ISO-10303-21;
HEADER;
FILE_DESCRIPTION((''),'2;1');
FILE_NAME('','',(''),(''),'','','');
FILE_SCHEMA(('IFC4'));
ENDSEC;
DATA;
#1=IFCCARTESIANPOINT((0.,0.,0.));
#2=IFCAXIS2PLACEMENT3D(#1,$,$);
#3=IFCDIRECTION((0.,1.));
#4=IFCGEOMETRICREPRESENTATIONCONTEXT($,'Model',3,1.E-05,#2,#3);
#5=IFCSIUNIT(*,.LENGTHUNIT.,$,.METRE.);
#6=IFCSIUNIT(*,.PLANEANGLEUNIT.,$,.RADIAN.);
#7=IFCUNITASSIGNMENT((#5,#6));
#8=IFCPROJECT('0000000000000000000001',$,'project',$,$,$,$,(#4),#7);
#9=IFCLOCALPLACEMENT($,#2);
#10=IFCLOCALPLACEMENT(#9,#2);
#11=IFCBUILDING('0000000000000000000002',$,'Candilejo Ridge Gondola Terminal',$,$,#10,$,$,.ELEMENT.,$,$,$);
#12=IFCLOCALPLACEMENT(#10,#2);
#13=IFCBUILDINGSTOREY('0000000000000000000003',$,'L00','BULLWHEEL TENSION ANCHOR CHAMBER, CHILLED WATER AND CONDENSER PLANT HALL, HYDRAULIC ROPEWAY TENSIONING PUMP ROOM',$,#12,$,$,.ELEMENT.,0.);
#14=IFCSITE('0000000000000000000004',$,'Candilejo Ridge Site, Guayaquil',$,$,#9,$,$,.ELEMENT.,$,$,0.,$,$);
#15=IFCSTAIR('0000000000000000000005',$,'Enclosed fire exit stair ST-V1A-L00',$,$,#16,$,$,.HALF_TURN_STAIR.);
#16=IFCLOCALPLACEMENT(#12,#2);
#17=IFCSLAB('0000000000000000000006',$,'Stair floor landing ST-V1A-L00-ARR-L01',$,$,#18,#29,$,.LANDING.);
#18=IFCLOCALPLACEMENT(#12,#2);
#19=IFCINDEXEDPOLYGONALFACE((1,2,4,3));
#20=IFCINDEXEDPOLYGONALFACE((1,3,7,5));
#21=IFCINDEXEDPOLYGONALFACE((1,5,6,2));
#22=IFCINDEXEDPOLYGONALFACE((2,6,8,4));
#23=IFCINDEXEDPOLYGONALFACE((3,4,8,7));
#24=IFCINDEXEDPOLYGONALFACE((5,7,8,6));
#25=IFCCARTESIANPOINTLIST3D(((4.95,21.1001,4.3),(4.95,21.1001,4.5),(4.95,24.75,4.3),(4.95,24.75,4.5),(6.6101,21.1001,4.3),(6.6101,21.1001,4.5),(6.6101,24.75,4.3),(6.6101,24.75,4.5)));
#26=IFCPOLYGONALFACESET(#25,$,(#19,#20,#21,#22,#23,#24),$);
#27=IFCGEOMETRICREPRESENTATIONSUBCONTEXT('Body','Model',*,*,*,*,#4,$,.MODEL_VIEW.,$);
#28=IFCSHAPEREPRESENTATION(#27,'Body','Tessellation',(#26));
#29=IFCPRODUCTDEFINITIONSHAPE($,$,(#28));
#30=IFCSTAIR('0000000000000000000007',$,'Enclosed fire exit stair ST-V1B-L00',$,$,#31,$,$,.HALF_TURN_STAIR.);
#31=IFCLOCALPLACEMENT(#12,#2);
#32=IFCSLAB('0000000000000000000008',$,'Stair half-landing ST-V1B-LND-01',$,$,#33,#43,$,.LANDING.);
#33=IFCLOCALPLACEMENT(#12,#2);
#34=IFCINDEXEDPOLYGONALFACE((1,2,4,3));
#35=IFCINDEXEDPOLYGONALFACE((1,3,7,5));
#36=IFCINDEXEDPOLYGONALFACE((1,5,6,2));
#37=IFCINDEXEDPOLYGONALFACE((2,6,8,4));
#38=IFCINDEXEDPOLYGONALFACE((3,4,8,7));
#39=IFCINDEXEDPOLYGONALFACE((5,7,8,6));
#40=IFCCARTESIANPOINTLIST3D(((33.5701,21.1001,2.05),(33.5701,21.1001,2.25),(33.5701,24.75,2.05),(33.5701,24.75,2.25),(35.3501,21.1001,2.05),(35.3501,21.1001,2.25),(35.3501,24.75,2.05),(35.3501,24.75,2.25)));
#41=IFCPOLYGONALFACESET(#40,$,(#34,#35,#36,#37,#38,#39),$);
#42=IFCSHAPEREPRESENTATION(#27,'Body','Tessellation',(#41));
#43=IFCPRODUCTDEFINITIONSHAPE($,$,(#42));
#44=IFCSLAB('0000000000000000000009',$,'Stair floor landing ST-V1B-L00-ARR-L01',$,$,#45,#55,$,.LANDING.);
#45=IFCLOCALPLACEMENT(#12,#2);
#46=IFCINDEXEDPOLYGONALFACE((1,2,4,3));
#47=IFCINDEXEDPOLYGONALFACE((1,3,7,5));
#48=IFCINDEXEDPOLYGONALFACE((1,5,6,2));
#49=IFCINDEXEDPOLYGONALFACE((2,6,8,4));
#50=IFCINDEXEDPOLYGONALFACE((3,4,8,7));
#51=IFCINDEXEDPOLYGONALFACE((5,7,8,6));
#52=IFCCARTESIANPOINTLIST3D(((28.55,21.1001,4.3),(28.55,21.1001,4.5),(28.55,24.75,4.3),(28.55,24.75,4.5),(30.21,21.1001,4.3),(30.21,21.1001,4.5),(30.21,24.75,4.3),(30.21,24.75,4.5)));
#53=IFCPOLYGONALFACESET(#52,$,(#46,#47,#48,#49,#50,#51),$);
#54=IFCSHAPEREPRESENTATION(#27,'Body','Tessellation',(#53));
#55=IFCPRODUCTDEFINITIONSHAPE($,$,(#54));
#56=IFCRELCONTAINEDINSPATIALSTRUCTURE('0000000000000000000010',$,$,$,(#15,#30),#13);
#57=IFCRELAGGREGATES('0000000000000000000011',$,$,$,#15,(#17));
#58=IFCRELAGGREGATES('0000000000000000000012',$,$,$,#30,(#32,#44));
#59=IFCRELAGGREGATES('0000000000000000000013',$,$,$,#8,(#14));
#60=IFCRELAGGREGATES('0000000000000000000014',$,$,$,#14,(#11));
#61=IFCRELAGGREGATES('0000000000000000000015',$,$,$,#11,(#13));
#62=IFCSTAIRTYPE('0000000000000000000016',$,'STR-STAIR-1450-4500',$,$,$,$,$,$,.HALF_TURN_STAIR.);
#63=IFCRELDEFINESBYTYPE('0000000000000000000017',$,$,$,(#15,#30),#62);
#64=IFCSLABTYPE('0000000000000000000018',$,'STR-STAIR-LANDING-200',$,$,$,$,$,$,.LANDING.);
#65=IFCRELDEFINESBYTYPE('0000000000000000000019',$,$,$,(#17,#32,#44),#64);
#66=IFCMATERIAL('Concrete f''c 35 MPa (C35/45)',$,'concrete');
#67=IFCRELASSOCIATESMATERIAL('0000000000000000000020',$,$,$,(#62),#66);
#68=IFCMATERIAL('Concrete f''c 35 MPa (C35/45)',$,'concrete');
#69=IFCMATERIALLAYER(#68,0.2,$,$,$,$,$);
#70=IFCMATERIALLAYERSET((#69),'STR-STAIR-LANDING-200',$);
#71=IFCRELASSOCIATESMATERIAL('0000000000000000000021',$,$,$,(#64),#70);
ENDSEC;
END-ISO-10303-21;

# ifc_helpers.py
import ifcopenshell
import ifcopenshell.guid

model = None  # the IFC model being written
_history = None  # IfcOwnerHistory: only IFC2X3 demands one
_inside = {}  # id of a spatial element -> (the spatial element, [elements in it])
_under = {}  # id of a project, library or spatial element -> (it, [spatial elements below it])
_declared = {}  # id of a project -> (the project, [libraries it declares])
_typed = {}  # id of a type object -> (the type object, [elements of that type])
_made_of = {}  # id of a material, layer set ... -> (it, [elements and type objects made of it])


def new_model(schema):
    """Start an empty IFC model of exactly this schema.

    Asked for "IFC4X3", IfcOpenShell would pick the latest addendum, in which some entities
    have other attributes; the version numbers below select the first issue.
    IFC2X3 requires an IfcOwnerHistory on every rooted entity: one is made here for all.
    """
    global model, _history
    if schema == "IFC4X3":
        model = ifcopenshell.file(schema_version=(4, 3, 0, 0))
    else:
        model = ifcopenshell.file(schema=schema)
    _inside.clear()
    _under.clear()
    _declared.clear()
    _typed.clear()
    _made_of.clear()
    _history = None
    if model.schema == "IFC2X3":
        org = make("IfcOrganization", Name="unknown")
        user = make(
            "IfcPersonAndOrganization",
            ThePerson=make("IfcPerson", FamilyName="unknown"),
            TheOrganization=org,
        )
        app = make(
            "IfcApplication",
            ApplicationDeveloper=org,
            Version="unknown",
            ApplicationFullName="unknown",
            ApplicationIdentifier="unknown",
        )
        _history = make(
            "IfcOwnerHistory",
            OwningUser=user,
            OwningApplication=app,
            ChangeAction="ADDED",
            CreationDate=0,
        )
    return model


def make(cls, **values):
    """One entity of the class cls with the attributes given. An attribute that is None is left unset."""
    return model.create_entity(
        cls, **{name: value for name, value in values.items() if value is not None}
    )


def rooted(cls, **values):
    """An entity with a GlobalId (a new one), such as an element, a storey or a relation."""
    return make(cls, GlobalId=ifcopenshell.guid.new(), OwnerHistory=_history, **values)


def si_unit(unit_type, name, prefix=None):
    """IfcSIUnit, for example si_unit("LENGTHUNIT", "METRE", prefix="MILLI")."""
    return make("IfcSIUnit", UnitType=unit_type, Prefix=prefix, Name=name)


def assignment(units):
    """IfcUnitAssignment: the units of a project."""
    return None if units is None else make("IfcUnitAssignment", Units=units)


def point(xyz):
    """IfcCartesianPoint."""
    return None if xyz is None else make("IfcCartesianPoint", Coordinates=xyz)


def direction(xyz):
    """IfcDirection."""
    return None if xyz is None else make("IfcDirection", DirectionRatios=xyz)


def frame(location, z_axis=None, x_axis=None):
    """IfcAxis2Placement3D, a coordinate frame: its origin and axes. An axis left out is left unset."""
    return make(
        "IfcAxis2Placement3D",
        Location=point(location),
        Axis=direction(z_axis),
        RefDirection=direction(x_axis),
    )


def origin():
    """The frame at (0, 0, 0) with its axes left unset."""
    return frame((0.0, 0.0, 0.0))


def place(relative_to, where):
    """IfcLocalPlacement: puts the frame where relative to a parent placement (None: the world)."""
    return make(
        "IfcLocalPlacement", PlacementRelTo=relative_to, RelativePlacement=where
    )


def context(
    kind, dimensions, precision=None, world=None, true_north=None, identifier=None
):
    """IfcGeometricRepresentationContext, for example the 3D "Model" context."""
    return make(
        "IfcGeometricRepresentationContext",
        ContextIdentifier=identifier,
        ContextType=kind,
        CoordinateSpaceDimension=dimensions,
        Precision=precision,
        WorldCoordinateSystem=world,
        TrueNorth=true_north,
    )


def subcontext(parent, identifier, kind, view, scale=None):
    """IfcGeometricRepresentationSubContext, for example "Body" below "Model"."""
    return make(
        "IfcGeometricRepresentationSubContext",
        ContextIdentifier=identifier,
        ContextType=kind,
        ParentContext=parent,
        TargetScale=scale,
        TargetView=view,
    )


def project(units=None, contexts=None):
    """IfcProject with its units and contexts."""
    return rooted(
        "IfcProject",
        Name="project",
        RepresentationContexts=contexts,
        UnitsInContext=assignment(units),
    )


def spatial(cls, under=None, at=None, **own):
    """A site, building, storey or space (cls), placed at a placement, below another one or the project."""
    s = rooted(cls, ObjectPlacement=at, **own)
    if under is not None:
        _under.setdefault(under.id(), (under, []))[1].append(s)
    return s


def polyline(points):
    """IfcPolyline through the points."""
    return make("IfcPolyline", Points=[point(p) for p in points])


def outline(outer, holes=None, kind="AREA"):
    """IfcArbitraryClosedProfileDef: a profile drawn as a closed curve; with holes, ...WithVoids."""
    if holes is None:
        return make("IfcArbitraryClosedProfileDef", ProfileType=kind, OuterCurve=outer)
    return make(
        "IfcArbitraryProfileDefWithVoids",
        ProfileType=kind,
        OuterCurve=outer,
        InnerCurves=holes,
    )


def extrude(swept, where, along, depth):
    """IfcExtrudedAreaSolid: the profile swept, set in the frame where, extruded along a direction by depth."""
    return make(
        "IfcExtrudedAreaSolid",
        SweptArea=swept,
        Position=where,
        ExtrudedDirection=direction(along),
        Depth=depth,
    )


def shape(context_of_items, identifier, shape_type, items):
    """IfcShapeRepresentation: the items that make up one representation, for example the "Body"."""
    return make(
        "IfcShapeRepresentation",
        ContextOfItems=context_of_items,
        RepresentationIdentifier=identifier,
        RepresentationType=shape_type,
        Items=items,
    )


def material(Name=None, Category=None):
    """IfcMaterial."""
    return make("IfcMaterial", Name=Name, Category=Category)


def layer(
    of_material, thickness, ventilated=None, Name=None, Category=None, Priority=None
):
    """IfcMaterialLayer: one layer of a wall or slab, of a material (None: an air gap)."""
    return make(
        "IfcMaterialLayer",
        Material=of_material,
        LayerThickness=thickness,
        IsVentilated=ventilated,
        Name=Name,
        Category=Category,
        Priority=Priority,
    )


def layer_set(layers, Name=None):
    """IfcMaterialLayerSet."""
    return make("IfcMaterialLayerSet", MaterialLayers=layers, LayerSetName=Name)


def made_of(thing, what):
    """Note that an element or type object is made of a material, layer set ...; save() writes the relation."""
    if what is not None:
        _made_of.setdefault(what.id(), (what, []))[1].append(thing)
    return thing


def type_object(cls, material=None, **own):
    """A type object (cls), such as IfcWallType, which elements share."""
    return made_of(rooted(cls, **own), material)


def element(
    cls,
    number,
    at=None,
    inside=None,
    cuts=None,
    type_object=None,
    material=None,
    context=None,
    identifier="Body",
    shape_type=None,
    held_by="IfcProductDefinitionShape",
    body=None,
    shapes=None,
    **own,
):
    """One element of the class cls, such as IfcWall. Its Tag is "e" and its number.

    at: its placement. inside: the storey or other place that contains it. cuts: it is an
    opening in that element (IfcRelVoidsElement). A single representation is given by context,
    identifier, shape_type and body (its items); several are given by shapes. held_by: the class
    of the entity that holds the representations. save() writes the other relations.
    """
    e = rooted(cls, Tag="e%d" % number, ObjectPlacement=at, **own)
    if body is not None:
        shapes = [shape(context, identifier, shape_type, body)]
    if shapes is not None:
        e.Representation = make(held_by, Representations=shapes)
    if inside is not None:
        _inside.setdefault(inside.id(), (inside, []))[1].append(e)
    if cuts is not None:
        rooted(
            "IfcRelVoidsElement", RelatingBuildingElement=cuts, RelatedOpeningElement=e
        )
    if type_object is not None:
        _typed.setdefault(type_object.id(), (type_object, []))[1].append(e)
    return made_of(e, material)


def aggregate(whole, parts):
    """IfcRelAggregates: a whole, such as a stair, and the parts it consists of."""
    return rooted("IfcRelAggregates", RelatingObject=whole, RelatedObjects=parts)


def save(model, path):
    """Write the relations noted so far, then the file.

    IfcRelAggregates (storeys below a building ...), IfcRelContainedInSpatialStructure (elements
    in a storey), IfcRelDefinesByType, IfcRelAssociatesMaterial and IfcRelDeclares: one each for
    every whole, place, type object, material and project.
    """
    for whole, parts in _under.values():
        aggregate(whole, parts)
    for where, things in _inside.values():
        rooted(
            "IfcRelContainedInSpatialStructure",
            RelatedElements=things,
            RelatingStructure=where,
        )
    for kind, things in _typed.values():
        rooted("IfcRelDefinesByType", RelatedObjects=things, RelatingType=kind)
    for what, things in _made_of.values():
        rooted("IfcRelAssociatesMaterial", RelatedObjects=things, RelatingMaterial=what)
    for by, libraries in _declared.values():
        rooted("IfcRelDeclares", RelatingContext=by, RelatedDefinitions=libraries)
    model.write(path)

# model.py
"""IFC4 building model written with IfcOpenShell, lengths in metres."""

from ifc_helpers import new_model, si_unit, direction, frame, origin, place, context, subcontext, project, spatial, polyline, outline, extrude, material, layer, layer_set, type_object, element, aggregate, save


model = new_model("IFC4")

# Units and contexts
model_context = context("Model", 3, precision=1e-05, world=origin(), true_north=direction((0.0, 1.0)))
body_context = subcontext(model_context, "Body", "Model", "MODEL_VIEW")
ifc_project = project(units=[si_unit("LENGTHUNIT", "METRE"), si_unit("PLANEANGLEUNIT", "RADIAN")], contexts=[model_context])

# Site, building, storey
site_placement = place(None, origin())
site = spatial("IfcSite", under=ifc_project, at=site_placement, Name="Candilejo Ridge Site, Guayaquil", CompositionType="ELEMENT", RefElevation=0.0)
building_placement = place(site_placement, origin())
building = spatial("IfcBuilding", under=site, at=building_placement, Name="Candilejo Ridge Gondola Terminal", CompositionType="ELEMENT")
storey_placement = place(building_placement, origin())
storey = spatial("IfcBuildingStorey", under=building, at=storey_placement, Name="L00", Description="BULLWHEEL TENSION ANCHOR CHAMBER, CHILLED WATER AND CONDENSER PLANT HALL, HYDRAULIC ROPEWAY TENSIONING PUMP ROOM", CompositionType="ELEMENT", Elevation=0.0)

# Stairs, slabs
ifc_material_1 = material(Name="Concrete f'c 35 MPa (C35/45)", Category="concrete")
stair_type = type_object("IfcStairType", Name="STR-STAIR-1450-4500", PredefinedType="HALF_TURN_STAIR", material=ifc_material_1)
stair_1_placement = place(storey_placement, origin())
stair_1 = element("IfcStair", 1, at=stair_1_placement, inside=storey, type_object=stair_type, Name="Enclosed fire exit stair ST-V1A-L00", PredefinedType="HALF_TURN_STAIR")
ifc_material_2 = material(Name="Concrete f'c 35 MPa (C35/45)", Category="concrete")
ifc_layer_1 = layer(ifc_material_2, 0.2)
ifc_layer_set_1 = layer_set([ifc_layer_1], Name="STR-STAIR-LANDING-200")
slab_type_1 = type_object("IfcSlabType", Name="STR-STAIR-LANDING-200", PredefinedType="LANDING", material=ifc_layer_set_1)
slab_1_placement = place(storey_placement, frame((0.0, 0.0, 4.3)))
slab_1 = element("IfcSlab", 2, at=slab_1_placement, type_object=slab_type_1, Name="Stair floor landing ST-V1A-L00-ARR-L01", PredefinedType="LANDING", context=body_context, shape_type="SweptSolid", body=[
    extrude(outline(polyline([(4.95, 21.1001), (6.6101, 21.1001), (6.6101, 24.75), (4.95, 24.75), (4.95, 21.1001)])), origin(), (0.0, 0.0, 1.0), 0.2),
])
aggregate(stair_1, [slab_1])
stair_2_placement = place(storey_placement, origin())
stair_2 = element("IfcStair", 3, at=stair_2_placement, inside=storey, type_object=stair_type, Name="Enclosed fire exit stair ST-V1B-L00", PredefinedType="HALF_TURN_STAIR")
slab_2_placement = place(storey_placement, frame((0.0, 0.0, 2.05)))
slab_2 = element("IfcSlab", 4, at=slab_2_placement, type_object=slab_type_1, Name="Stair half-landing ST-V1B-LND-01", PredefinedType="LANDING", context=body_context, shape_type="SweptSolid", body=[
    extrude(outline(polyline([(33.5701, 21.1001), (35.3501, 21.1001), (35.3501, 24.75), (33.5701, 24.75), (33.5701, 21.1001)])), origin(), (0.0, 0.0, 1.0), 0.2),
])
slab_3_placement = place(storey_placement, frame((0.0, 0.0, 4.3)))
slab_3 = element("IfcSlab", 5, at=slab_3_placement, type_object=slab_type_1, Name="Stair floor landing ST-V1B-L00-ARR-L01", PredefinedType="LANDING", context=body_context, shape_type="SweptSolid", body=[
    extrude(outline(polyline([(28.55, 21.1001), (30.21, 21.1001), (30.21, 24.75), (28.55, 24.75), (28.55, 21.1001)])), origin(), (0.0, 0.0, 1.0), 0.2),
])
aggregate(stair_2, [slab_2, slab_3])

save(model, "model.ifc")
